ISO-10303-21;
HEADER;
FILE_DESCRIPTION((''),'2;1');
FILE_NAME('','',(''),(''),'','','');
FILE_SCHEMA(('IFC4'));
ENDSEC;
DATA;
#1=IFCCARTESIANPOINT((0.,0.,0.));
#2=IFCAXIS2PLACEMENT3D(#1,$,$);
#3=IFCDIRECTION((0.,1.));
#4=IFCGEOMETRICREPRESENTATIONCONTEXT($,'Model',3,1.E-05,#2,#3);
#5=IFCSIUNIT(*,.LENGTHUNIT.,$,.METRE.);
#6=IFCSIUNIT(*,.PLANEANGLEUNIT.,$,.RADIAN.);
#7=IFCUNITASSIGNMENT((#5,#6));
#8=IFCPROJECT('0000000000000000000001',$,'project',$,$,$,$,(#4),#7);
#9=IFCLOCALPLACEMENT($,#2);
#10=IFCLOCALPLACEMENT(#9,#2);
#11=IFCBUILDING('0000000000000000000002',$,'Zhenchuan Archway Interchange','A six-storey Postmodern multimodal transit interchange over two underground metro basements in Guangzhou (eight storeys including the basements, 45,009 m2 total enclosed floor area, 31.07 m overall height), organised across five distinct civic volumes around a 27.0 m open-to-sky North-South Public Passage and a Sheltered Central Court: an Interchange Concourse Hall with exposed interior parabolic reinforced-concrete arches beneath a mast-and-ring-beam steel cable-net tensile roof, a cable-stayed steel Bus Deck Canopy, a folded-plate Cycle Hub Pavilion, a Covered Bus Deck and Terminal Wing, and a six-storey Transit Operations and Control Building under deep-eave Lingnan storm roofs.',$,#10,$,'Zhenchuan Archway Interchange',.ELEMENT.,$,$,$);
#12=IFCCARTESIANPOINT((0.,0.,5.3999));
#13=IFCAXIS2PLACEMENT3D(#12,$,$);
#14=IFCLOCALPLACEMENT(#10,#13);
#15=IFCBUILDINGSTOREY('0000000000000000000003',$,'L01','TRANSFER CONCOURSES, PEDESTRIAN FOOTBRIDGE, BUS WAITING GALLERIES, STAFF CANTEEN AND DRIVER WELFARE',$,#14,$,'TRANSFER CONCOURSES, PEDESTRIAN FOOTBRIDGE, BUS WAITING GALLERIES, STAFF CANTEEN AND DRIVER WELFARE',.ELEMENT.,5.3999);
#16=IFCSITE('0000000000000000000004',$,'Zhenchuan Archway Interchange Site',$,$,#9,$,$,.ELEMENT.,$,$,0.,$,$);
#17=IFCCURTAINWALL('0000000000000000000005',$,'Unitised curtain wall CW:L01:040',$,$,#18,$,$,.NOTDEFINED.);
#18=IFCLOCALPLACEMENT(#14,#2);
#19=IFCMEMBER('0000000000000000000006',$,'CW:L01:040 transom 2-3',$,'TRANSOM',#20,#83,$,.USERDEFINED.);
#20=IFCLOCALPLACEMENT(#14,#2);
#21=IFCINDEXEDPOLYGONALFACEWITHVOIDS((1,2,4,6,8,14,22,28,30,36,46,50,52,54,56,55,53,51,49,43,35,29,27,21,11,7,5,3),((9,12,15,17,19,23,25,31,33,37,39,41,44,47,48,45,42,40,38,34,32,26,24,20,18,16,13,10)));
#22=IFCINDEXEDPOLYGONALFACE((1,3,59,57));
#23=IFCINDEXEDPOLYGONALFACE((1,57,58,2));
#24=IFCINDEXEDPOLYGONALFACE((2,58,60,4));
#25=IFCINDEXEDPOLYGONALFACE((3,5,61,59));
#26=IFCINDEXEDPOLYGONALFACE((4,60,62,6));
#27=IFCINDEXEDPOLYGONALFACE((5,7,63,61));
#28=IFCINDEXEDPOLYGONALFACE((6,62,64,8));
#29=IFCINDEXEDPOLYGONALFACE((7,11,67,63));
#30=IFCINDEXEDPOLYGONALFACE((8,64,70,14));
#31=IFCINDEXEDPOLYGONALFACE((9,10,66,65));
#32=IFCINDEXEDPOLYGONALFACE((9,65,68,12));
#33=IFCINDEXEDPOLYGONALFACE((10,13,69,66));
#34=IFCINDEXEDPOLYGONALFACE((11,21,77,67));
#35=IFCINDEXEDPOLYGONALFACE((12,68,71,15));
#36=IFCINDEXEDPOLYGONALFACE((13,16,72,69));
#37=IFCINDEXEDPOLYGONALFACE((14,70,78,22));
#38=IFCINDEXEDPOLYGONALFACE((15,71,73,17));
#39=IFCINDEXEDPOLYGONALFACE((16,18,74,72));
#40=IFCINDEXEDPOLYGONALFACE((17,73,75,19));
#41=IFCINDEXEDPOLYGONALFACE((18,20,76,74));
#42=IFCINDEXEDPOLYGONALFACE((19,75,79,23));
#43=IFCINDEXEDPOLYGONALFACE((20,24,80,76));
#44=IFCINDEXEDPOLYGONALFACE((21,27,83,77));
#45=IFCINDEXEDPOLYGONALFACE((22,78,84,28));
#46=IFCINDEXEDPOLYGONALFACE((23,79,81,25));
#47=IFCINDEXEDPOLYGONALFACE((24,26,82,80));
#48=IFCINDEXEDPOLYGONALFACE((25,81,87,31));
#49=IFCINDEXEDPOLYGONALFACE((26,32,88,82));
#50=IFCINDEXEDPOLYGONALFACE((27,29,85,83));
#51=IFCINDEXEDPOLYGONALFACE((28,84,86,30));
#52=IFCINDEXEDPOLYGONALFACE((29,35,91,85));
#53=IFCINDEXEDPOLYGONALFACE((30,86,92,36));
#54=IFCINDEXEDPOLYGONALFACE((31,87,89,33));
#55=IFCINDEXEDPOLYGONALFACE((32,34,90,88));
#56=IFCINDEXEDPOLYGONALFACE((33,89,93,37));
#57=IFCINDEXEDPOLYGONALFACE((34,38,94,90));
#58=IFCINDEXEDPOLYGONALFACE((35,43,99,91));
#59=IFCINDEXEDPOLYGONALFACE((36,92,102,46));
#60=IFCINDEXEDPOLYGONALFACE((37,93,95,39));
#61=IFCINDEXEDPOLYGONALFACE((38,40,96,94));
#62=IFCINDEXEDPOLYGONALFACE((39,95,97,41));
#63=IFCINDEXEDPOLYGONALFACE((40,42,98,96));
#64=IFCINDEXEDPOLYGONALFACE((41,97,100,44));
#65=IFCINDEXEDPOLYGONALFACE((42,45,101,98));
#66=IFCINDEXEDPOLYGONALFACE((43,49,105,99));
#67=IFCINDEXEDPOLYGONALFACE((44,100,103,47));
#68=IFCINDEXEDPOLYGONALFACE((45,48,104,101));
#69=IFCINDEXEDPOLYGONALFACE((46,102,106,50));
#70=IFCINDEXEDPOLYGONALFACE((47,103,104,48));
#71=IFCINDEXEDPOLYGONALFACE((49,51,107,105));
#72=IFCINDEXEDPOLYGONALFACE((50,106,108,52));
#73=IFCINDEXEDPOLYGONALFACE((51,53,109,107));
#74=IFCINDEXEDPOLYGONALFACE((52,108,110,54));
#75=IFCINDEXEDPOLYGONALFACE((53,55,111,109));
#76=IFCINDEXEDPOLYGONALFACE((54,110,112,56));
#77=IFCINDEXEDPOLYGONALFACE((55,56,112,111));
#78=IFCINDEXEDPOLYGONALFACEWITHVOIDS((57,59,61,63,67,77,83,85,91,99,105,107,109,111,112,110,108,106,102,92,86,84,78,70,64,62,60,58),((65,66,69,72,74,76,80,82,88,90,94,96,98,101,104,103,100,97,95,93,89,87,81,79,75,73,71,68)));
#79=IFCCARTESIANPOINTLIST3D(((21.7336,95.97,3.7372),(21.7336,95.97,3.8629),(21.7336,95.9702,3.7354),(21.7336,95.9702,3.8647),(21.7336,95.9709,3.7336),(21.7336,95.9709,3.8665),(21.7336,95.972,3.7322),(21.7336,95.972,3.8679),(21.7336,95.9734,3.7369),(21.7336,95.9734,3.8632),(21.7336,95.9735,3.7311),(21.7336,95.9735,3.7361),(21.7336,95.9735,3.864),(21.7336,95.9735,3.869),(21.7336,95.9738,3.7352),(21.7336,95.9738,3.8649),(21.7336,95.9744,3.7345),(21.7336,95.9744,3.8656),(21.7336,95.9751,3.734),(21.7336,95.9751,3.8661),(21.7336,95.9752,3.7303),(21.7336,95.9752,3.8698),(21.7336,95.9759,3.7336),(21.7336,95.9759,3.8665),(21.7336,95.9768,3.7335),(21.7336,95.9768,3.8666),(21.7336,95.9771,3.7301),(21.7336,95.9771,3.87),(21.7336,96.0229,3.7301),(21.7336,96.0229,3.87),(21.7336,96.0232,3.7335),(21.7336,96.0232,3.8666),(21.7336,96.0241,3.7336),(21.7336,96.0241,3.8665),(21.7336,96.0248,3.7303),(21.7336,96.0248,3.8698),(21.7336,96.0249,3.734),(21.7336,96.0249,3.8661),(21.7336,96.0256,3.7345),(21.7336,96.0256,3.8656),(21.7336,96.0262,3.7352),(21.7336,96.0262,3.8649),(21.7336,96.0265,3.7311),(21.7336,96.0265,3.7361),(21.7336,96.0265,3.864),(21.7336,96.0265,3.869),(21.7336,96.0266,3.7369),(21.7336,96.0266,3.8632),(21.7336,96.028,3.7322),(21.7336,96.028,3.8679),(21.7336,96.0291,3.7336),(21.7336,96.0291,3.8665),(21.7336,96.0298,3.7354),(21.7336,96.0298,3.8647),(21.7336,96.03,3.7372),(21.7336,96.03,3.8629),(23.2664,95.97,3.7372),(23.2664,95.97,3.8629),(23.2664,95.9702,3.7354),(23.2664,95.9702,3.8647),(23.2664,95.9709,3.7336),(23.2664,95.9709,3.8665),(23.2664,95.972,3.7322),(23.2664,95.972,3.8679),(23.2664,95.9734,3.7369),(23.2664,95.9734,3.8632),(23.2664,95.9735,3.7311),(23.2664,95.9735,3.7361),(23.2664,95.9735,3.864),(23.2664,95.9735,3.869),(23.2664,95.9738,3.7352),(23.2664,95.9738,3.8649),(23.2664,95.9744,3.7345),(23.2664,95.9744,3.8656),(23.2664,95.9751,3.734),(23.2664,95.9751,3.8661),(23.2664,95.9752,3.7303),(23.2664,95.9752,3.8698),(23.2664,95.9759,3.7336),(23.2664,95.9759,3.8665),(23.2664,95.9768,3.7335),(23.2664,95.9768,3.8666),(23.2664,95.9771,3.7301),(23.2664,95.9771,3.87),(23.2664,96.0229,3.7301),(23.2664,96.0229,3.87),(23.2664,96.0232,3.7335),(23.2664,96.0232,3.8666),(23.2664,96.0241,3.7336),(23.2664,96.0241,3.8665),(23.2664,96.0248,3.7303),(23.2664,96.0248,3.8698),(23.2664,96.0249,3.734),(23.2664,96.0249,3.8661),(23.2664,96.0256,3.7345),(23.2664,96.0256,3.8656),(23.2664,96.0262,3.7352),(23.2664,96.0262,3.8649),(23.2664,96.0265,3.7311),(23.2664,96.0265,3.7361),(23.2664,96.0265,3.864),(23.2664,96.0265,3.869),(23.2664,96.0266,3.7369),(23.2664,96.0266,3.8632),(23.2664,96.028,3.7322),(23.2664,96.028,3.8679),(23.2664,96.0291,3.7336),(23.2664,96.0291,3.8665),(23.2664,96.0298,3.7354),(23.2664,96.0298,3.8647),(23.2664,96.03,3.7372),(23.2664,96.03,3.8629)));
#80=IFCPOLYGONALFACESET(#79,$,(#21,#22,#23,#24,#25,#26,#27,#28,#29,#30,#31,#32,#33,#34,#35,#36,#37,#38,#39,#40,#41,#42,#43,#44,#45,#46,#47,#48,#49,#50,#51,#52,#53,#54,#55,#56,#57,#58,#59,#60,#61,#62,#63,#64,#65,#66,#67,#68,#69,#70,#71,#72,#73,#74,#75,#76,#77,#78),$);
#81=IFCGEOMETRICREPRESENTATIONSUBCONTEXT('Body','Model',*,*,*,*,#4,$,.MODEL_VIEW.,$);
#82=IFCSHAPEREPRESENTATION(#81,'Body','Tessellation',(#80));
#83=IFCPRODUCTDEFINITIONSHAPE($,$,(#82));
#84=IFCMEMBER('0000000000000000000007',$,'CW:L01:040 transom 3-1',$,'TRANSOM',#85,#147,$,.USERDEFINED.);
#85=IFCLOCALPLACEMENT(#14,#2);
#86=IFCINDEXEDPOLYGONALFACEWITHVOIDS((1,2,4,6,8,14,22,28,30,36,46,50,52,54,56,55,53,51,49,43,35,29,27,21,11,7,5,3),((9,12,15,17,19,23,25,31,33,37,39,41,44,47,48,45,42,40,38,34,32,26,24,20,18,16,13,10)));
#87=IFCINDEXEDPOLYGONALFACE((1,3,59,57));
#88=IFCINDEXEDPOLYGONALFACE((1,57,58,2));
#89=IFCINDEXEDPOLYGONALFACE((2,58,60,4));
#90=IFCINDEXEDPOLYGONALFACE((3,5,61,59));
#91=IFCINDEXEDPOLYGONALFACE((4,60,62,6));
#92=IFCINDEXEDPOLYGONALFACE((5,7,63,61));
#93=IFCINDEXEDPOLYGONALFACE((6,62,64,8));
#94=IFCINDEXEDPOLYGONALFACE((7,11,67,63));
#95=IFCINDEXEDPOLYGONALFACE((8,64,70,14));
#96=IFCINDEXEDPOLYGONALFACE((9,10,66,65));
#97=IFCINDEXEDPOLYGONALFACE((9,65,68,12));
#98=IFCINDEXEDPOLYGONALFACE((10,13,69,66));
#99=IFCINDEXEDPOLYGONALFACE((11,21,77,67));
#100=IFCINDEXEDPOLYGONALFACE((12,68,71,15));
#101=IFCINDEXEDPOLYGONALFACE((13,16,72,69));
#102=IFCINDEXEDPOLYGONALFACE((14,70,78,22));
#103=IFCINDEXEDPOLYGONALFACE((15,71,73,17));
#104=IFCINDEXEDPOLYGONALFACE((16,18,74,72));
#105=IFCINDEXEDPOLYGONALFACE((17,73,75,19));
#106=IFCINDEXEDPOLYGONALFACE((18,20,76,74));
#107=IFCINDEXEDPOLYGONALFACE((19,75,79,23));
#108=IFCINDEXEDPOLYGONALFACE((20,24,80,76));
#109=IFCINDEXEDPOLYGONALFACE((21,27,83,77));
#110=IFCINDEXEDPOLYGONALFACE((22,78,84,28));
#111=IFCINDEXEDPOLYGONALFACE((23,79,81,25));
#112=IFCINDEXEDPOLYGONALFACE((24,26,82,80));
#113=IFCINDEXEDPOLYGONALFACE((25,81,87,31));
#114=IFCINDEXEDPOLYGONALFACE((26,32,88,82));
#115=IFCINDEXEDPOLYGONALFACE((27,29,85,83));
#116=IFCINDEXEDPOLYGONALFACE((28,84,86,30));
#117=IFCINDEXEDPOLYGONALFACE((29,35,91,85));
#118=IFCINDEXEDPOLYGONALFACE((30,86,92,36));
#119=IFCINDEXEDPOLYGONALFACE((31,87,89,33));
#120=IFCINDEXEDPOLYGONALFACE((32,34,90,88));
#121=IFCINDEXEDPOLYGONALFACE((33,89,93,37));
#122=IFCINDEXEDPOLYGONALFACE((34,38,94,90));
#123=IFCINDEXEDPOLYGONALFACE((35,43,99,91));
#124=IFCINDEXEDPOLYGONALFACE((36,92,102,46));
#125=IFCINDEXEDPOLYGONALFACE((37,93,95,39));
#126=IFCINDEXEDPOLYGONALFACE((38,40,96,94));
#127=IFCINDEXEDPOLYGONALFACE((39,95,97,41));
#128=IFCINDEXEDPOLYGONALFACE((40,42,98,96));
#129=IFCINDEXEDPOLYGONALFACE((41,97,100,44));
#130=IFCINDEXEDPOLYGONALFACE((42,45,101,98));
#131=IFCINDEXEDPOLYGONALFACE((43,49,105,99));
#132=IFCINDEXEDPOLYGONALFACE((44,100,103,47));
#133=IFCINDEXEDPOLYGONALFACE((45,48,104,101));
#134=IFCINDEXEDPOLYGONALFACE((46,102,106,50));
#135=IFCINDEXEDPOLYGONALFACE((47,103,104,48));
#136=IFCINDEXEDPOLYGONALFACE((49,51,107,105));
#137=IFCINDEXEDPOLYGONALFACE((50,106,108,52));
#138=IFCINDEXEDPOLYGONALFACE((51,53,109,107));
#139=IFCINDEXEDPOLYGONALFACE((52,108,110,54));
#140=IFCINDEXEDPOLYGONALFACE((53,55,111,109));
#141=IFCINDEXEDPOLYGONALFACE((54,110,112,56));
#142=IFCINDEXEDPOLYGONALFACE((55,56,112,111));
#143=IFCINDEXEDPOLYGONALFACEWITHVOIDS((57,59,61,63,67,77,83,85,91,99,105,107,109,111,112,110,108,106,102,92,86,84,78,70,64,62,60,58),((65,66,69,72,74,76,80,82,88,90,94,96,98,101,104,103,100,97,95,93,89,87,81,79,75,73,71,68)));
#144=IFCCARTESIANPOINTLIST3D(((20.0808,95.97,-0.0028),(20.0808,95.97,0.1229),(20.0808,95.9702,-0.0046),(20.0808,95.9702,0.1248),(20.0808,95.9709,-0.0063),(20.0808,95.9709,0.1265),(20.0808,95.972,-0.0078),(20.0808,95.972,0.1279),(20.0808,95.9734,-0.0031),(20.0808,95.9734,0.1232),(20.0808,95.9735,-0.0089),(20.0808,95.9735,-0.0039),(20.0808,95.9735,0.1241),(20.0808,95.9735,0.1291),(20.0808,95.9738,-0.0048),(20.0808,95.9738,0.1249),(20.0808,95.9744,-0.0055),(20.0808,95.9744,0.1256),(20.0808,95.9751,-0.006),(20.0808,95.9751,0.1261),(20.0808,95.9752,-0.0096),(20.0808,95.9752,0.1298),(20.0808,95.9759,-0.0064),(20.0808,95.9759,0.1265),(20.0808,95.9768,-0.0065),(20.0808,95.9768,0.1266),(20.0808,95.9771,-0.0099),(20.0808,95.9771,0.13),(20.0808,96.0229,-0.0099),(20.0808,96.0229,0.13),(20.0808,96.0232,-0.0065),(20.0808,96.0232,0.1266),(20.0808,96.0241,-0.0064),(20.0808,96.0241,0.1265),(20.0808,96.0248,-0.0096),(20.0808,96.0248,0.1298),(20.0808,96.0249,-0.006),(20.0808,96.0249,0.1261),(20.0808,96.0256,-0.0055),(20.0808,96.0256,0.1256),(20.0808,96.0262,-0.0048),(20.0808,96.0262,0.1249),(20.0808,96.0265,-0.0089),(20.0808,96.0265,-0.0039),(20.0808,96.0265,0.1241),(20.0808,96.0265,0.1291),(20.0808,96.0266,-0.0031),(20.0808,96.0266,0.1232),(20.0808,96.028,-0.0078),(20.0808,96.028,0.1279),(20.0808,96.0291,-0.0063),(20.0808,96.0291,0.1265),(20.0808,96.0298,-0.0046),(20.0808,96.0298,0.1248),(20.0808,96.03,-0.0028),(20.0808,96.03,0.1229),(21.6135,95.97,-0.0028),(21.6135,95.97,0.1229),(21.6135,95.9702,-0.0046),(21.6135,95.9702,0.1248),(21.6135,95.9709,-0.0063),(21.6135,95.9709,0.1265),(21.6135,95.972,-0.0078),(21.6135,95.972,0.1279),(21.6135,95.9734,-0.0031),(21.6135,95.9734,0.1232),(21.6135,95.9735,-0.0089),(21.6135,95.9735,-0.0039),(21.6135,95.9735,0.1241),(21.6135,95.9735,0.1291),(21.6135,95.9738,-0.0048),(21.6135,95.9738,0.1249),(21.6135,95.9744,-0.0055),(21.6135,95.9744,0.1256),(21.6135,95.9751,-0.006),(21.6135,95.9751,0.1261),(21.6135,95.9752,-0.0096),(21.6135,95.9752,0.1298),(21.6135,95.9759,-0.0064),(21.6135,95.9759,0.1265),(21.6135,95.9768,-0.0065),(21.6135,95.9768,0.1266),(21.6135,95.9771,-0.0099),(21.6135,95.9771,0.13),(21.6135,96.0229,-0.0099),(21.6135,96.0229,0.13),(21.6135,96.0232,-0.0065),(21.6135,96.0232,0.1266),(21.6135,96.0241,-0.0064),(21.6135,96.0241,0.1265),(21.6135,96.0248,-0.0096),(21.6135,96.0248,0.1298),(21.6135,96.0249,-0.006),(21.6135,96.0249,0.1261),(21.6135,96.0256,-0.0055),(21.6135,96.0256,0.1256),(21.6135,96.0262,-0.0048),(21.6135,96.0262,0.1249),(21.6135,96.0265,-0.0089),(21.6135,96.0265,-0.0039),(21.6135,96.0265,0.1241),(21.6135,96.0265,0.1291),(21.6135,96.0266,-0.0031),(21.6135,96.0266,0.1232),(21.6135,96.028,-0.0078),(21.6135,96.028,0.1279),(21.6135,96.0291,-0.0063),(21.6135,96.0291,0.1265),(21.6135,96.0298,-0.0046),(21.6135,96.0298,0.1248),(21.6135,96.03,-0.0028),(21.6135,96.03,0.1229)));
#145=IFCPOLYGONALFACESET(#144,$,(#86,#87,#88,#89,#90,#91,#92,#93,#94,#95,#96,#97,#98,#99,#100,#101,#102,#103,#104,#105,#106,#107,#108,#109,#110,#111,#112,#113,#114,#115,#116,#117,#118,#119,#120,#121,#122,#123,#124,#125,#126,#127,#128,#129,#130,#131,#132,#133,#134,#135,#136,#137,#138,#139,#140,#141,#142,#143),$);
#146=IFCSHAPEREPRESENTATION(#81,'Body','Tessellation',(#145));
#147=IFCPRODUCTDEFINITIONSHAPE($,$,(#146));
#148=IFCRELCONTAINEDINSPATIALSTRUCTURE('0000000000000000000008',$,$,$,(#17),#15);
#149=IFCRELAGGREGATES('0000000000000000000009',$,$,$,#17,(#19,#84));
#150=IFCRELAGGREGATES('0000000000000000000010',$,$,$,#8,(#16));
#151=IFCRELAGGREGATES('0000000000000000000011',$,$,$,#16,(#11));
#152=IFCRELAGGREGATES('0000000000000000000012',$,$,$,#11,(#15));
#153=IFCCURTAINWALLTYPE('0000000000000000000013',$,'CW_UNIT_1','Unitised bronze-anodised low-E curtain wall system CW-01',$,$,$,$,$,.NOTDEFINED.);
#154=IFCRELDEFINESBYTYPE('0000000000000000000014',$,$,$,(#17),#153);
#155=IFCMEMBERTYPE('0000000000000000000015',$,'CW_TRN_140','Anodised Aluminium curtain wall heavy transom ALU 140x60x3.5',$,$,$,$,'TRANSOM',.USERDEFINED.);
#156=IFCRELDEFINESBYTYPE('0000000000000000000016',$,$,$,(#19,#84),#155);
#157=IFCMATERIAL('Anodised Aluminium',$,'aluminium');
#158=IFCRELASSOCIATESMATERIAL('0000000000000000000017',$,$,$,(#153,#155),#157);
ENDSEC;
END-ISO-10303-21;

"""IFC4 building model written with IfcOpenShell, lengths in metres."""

from ifc_helpers import new_model, si_unit, direction, frame, origin, origin_2d, place, context, subcontext, project, spatial, hollow_rectangle, extrude, material, material_profile, profile_set, type_object, element, aggregate, save


model = new_model("IFC4")

# Units and contexts
model_context = context("Model", 3, precision=1e-05, world=origin(), true_north=direction((0.0, 1.0)))
body_context = subcontext(model_context, "Body", "Model", "MODEL_VIEW")
ifc_project = project(units=[si_unit("LENGTHUNIT", "METRE"), si_unit("PLANEANGLEUNIT", "RADIAN")], contexts=[model_context])

# Site, building, storey
site_placement = place(None, origin())
site = spatial("IfcSite", under=ifc_project, at=site_placement, Name="Zhenchuan Archway Interchange Site", CompositionType="ELEMENT", RefElevation=0.0)
building_placement = place(site_placement, origin())
building = spatial("IfcBuilding", under=site, at=building_placement, Name="Zhenchuan Archway Interchange", Description="A six-storey Postmodern multimodal transit interchange over two underground metro basements in Guangzhou (eight storeys including the basements, 45,009 m2 total enclosed floor area, 31.07 m overall height), organised across five distinct civic volumes around a 27.0 m open-to-sky North-South Public Passage and a Sheltered Central Court: an Interchange Concourse Hall with exposed interior parabolic reinforced-concrete arches beneath a mast-and-ring-beam steel cable-net tensile roof, a cable-stayed steel Bus Deck Canopy, a folded-plate Cycle Hub Pavilion, a Covered Bus Deck and Terminal Wing, and a six-storey Transit Operations and Control Building under deep-eave Lingnan storm roofs.", LongName="Zhenchuan Archway Interchange", CompositionType="ELEMENT")
storey_placement = place(building_placement, frame((0.0, 0.0, 5.3999)))
storey = spatial("IfcBuildingStorey", under=building, at=storey_placement, Name="L01", Description="TRANSFER CONCOURSES, PEDESTRIAN FOOTBRIDGE, BUS WAITING GALLERIES, STAFF CANTEEN AND DRIVER WELFARE", LongName="TRANSFER CONCOURSES, PEDESTRIAN FOOTBRIDGE, BUS WAITING GALLERIES, STAFF CANTEEN AND DRIVER WELFARE", CompositionType="ELEMENT", Elevation=5.3999)

# Curtain wall, members
ifc_material_1 = material(Name="Anodised Aluminium", Category="aluminium")
curtain_wall_type = type_object("IfcCurtainWallType", Name="CW_UNIT_1", Description="Unitised bronze-anodised low-E curtain wall system CW-01", PredefinedType="NOTDEFINED", material=ifc_material_1)
curtain_wall_placement = place(storey_placement, origin())
curtain_wall = element("IfcCurtainWall", 1, at=curtain_wall_placement, inside=storey, type_object=curtain_wall_type, Name="Unitised curtain wall CW:L01:040", PredefinedType="NOTDEFINED")
ifc_material_profile_1 = material_profile(ifc_material_1, hollow_rectangle(XDim=0.0601, YDim=0.1399, WallThickness=0.0034, InnerFilletRadius=0.0034, OuterFilletRadius=0.0071, at=origin_2d()), Name="ALU 140x60x3.5")
ifc_profile_set_1 = profile_set([ifc_material_profile_1], Name="Anodised Aluminium")
member_type_1 = type_object("IfcMemberType", Name="CW_TRN_140", Description="Anodised Aluminium curtain wall heavy transom ALU 140x60x3.5", ElementType="TRANSOM", PredefinedType="USERDEFINED", material=ifc_profile_set_1)
member_1_placement = place(storey_placement, frame((23.2664, 96.0, 3.8), z_axis=(-1.0, 0.0, 0.0), x_axis=(0.0, -1.0, 0.0)))
member_1 = element("IfcMember", 2, at=member_1_placement, type_object=member_type_1, Name="CW:L01:040 transom 2-3", ObjectType="TRANSOM", PredefinedType="USERDEFINED", context=body_context, shape_type="SweptSolid", body=[
    extrude(hollow_rectangle(XDim=0.0601, YDim=0.1399, WallThickness=0.0034, InnerFilletRadius=0.0034, OuterFilletRadius=0.0071, at=origin_2d()), origin(), (0.0, 0.0, 1.0), 1.5327),
])
member_2_placement = place(storey_placement, frame((21.6135, 96.0, 0.0601), z_axis=(-1.0, 0.0, 0.0), x_axis=(0.0, -1.0, 0.0)))
member_2 = element("IfcMember", 3, at=member_2_placement, type_object=member_type_1, Name="CW:L01:040 transom 3-1", ObjectType="TRANSOM", PredefinedType="USERDEFINED", context=body_context, shape_type="SweptSolid", body=[
    extrude(hollow_rectangle(XDim=0.0601, YDim=0.1399, WallThickness=0.0034, InnerFilletRadius=0.0034, OuterFilletRadius=0.0071, at=origin_2d()), origin(), (0.0, 0.0, 1.0), 1.5327),
])

aggregate(curtain_wall, [member_1, member_2])

save(model, "model.ifc")
